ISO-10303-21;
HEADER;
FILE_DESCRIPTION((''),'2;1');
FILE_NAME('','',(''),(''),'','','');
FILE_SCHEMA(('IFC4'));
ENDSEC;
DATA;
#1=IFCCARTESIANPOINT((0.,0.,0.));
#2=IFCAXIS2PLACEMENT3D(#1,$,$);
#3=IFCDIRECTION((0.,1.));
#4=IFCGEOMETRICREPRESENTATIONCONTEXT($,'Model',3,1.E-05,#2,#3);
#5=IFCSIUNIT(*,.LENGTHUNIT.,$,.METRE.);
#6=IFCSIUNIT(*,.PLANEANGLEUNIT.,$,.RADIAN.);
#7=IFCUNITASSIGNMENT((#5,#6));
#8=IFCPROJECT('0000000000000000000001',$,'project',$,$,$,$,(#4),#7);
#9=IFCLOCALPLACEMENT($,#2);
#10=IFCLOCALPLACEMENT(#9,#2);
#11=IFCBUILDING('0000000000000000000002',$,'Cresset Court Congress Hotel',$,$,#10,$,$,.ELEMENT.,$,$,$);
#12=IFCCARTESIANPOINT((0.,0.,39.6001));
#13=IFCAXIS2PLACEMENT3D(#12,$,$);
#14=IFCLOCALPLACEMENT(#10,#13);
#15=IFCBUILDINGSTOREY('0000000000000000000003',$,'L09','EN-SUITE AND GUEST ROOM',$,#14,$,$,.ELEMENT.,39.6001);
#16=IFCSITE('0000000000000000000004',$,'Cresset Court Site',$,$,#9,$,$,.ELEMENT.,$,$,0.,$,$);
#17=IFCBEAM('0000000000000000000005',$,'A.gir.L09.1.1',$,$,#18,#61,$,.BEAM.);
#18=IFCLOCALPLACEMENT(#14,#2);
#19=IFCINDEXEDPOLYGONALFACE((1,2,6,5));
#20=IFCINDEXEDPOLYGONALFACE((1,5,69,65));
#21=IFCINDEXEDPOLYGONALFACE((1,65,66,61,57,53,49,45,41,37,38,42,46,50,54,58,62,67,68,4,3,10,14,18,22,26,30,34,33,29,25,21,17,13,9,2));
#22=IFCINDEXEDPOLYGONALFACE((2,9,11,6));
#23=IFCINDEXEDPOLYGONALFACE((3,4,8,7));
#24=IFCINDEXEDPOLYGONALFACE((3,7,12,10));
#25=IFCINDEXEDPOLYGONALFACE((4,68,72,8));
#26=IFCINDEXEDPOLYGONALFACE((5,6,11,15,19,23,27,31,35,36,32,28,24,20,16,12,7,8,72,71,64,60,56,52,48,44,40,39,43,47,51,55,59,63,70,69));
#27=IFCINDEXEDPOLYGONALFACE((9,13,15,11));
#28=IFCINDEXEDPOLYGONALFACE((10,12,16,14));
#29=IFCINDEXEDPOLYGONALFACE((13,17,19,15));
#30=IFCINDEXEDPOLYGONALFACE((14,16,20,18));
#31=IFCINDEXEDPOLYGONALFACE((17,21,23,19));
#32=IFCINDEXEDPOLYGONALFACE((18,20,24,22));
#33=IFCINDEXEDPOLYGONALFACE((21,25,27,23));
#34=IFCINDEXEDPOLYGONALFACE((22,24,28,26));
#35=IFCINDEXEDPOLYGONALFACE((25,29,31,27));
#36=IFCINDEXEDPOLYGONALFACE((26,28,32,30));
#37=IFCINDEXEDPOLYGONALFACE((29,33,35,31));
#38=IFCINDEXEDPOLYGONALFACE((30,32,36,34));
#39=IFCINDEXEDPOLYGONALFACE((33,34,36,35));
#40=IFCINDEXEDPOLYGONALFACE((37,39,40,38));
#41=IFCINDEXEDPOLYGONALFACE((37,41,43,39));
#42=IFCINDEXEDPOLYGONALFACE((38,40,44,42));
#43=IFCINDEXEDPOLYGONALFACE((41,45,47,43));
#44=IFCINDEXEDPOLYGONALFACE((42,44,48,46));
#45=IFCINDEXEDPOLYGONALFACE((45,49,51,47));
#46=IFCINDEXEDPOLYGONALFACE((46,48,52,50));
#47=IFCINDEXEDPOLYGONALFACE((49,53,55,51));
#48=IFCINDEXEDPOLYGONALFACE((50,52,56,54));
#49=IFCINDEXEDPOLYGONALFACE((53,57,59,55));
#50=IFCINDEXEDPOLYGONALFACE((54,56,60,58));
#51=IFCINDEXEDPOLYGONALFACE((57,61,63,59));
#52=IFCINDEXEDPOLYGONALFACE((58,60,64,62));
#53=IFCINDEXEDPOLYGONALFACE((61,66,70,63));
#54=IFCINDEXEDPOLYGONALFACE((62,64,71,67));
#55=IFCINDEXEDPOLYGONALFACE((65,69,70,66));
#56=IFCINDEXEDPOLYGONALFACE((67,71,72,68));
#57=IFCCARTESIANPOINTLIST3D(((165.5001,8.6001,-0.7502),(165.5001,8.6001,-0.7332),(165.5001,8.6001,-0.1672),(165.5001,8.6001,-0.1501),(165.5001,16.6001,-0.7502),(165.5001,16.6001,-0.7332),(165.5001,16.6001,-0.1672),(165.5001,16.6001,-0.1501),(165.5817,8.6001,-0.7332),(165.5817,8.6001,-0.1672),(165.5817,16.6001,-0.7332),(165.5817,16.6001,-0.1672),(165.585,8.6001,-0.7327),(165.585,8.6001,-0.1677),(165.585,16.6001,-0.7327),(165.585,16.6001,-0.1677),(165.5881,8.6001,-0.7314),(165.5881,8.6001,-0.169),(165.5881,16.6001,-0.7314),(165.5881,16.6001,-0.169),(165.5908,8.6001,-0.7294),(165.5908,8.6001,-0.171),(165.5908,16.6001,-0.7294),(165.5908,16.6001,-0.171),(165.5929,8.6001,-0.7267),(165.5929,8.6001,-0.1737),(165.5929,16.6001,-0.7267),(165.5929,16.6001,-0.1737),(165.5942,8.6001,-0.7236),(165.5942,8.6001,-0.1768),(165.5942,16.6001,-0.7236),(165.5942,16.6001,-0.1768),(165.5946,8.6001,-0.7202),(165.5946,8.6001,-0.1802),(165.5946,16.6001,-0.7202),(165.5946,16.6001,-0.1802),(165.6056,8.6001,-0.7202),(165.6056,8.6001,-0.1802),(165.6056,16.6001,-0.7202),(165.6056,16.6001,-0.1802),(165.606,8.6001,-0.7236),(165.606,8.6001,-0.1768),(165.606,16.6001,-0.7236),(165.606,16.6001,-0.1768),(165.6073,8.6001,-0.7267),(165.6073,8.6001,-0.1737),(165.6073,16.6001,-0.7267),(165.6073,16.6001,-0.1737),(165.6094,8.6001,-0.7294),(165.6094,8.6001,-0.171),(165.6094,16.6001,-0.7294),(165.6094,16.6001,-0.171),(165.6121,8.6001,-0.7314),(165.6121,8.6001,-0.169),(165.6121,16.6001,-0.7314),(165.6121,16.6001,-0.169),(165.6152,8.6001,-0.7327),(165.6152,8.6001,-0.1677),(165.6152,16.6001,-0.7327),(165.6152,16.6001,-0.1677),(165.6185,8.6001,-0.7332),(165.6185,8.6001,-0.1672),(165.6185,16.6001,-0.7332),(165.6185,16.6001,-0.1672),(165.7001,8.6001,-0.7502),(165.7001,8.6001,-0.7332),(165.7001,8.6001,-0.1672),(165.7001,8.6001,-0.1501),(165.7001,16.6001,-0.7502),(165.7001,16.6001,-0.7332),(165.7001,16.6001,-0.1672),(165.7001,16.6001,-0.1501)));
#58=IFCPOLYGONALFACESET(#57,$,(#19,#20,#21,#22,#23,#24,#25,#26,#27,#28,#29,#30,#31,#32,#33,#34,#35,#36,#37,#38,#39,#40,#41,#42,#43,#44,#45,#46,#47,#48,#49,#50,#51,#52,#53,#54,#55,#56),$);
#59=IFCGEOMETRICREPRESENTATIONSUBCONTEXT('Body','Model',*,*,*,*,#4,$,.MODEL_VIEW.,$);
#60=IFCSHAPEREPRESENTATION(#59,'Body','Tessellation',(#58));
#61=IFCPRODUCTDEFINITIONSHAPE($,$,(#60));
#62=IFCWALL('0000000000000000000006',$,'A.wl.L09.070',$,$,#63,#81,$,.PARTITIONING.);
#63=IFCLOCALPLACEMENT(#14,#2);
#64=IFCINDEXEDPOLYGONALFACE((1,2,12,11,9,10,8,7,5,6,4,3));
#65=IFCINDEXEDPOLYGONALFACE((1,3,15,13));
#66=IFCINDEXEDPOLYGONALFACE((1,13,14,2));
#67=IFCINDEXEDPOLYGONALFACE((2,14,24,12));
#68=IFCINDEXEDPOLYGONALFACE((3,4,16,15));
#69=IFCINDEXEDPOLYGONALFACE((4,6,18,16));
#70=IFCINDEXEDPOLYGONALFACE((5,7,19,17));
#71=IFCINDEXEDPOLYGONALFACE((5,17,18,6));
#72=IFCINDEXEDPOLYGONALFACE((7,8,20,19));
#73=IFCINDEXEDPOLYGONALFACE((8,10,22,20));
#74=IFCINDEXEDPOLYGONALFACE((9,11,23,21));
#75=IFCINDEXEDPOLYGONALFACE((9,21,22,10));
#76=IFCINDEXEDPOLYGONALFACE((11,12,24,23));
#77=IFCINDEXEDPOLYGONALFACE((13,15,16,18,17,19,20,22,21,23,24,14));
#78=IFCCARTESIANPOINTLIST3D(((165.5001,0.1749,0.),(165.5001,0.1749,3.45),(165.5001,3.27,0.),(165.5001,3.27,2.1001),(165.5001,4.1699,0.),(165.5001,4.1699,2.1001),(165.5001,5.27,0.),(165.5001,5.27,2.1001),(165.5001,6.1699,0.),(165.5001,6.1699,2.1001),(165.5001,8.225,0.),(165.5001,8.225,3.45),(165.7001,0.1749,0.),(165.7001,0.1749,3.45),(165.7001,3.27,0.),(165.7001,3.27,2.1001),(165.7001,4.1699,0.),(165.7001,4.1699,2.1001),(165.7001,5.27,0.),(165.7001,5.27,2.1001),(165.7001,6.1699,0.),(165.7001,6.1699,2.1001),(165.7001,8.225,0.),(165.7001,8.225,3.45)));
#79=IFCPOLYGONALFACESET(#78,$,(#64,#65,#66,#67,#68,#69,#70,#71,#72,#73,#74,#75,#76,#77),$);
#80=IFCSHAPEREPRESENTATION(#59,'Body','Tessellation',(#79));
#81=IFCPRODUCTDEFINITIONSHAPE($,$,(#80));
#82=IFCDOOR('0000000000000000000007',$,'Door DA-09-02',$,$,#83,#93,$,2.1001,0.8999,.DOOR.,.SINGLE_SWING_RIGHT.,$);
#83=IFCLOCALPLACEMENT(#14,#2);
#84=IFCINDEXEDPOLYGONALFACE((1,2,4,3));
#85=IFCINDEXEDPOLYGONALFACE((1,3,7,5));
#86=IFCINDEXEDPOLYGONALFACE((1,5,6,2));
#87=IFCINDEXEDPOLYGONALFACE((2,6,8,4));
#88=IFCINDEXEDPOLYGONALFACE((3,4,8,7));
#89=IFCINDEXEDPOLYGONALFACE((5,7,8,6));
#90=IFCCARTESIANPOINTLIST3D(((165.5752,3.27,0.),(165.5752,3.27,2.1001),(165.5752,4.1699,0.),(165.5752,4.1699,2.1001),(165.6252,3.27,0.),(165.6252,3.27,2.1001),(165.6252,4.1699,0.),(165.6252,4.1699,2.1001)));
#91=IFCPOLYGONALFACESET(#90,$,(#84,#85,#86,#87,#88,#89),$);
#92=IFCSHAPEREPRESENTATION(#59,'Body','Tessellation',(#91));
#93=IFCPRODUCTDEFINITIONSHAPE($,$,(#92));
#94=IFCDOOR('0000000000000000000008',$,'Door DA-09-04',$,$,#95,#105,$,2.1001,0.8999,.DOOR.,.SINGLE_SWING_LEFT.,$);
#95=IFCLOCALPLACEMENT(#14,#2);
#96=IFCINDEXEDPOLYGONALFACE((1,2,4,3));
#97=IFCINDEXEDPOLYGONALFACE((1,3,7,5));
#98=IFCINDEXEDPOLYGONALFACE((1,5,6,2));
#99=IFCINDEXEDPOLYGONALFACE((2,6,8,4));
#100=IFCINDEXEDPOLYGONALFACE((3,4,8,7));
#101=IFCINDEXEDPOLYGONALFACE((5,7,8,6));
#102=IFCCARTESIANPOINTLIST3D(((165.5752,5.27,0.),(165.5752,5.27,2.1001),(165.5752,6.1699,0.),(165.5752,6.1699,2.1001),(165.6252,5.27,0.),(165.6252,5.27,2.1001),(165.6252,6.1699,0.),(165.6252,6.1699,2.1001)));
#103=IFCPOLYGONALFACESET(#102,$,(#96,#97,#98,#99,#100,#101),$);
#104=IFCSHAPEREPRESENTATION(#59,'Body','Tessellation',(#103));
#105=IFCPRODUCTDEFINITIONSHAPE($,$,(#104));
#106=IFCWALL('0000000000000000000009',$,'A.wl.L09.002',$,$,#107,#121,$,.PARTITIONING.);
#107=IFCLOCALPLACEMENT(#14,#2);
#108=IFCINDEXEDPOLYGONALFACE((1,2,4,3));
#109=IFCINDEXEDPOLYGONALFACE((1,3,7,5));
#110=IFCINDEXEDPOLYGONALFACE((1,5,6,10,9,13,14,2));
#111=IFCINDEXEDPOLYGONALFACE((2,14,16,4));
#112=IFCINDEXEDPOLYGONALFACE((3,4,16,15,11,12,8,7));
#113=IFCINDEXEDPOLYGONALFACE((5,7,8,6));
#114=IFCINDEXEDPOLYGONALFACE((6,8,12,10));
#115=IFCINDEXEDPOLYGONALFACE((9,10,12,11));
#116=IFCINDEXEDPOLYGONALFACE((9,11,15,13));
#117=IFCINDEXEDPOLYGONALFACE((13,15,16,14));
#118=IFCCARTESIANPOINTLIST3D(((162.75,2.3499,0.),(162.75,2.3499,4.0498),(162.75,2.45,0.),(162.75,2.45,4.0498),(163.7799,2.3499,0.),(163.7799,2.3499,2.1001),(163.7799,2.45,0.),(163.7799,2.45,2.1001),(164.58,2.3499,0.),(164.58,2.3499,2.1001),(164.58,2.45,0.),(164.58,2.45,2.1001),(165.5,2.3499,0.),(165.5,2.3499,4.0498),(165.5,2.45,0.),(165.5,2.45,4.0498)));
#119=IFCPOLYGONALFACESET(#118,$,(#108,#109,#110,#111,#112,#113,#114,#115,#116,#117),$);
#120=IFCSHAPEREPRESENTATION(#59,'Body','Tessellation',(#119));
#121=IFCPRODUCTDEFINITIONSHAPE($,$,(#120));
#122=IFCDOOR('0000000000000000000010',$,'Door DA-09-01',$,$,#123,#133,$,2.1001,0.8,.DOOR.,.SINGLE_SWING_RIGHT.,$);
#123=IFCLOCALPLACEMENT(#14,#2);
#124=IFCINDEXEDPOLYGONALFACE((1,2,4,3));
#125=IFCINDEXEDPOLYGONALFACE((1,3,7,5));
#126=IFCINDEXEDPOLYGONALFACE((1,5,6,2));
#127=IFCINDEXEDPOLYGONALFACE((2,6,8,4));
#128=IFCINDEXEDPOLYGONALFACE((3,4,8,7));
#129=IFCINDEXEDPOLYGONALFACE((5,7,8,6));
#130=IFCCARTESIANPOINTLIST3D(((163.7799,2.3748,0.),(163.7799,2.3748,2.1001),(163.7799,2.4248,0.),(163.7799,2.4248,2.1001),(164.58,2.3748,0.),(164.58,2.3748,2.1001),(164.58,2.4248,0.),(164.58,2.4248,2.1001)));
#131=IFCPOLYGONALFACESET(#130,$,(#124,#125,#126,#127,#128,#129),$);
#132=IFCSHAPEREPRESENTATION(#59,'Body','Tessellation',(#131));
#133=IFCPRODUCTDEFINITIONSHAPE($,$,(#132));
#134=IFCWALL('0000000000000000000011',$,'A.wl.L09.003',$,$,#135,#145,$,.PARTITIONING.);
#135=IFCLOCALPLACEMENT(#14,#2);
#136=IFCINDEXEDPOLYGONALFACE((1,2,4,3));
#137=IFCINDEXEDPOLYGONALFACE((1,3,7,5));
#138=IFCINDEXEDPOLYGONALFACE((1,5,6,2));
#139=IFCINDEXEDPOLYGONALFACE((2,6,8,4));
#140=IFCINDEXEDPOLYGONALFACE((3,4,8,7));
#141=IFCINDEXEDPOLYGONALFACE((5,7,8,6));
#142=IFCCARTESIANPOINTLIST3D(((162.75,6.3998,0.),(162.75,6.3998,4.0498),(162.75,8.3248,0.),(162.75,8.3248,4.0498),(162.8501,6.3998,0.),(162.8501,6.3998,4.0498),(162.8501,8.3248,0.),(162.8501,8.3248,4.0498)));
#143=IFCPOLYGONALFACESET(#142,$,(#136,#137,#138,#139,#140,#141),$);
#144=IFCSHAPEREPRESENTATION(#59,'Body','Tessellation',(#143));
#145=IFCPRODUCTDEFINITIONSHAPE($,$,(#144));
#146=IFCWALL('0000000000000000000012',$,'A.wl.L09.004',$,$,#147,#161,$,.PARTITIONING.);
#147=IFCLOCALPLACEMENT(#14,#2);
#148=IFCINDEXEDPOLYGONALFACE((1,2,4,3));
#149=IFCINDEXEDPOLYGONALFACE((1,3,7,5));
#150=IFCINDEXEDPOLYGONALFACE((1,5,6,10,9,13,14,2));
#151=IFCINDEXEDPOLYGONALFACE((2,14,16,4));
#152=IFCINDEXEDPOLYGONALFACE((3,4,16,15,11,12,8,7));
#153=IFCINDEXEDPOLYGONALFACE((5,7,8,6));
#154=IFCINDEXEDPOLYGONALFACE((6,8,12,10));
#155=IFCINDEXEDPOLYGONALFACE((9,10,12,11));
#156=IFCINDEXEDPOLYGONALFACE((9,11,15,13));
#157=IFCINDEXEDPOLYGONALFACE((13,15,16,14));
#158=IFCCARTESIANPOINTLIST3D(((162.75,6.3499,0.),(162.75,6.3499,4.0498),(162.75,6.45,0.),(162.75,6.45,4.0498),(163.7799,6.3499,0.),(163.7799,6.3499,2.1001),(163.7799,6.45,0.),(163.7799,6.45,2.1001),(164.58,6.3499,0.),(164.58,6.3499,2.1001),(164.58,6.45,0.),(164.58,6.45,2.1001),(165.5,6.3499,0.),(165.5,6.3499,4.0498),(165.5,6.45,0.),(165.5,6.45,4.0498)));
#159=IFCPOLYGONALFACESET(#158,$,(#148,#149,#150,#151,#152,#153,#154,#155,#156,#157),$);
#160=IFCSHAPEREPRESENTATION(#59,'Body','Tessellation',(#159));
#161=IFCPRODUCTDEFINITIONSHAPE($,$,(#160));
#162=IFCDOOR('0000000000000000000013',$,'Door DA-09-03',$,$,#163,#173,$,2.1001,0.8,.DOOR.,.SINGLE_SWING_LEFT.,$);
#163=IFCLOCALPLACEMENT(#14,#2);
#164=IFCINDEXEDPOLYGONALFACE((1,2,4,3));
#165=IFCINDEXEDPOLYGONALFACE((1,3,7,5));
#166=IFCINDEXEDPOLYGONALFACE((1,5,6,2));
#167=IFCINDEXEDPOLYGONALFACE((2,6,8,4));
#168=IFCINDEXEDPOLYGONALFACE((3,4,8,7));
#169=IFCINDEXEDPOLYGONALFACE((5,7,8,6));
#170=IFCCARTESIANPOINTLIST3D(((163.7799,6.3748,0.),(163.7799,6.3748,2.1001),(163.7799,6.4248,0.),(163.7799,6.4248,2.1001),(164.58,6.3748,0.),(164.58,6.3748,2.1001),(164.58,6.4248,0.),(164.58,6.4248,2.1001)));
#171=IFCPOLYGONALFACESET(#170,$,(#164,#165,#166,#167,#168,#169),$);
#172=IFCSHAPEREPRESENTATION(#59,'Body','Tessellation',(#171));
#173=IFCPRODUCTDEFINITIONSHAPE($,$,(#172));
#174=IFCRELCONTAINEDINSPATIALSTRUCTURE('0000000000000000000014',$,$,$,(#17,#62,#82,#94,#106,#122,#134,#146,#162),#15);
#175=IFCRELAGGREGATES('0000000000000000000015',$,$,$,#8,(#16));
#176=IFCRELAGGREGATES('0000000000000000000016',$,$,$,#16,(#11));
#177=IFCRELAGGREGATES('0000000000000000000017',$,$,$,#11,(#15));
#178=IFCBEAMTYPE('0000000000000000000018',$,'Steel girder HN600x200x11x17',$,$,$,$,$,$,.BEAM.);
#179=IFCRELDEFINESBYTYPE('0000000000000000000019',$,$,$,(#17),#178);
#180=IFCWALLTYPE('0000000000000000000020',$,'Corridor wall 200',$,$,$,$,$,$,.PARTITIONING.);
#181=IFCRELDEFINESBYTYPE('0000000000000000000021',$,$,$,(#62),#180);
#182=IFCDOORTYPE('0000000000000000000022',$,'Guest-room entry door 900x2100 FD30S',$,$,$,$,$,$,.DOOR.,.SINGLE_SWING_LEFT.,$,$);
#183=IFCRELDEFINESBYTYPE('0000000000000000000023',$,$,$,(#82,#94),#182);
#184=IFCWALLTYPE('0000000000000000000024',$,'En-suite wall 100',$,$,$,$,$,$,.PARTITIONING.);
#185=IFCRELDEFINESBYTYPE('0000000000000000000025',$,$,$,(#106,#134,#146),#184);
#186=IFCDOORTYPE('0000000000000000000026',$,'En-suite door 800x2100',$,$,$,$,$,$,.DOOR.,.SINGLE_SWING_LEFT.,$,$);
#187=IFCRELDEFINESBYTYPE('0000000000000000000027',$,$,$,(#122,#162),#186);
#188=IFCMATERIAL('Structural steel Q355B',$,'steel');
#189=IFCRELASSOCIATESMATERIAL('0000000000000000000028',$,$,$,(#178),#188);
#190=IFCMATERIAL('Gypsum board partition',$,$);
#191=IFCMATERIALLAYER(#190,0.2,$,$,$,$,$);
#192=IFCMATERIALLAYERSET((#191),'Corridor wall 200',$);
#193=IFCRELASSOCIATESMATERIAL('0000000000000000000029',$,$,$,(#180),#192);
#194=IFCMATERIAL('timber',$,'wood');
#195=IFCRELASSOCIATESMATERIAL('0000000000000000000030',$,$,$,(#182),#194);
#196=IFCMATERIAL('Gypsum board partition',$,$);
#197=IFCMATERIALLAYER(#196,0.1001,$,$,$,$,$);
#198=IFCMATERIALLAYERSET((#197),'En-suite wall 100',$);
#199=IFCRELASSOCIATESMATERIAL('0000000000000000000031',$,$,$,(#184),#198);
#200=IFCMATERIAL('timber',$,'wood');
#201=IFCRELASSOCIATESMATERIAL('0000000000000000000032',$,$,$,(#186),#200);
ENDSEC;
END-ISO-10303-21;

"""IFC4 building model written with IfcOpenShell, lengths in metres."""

from ifc_helpers import new_model, si_unit, direction, frame, frame_2d, origin, origin_2d, place, context, subcontext, project, spatial, rectangle, i_section, extrude, material, layer, layer_set, material_profile, profile_set, type_object, element, fill, save


model = new_model("IFC4")

# Units and contexts
model_context = context("Model", 3, precision=1e-05, world=origin(), true_north=direction((0.0, 1.0)))
body_context = subcontext(model_context, "Body", "Model", "MODEL_VIEW")
ifc_project = project(units=[si_unit("LENGTHUNIT", "METRE"), si_unit("PLANEANGLEUNIT", "RADIAN")], contexts=[model_context])

# Site, building, storey
site_placement = place(None, origin())
site = spatial("IfcSite", under=ifc_project, at=site_placement, Name="Cresset Court Site", CompositionType="ELEMENT", RefElevation=0.0)
building_placement = place(site_placement, origin())
building = spatial("IfcBuilding", under=site, at=building_placement, Name="Cresset Court Congress Hotel", CompositionType="ELEMENT")
storey_placement = place(building_placement, frame((0.0, 0.0, 39.6001)))
storey = spatial("IfcBuildingStorey", under=building, at=storey_placement, Name="L09", Description="EN-SUITE AND GUEST ROOM", CompositionType="ELEMENT", Elevation=39.6001)

# Beam
ifc_material_1 = material(Name="Structural steel Q355B", Category="steel")
ifc_material_profile_1 = material_profile(ifc_material_1, i_section(OverallWidth=0.2, OverallDepth=0.6001, WebThickness=0.011, FlangeThickness=0.0171, FilletRadius=0.0129, at=origin_2d()), Name="HN600x200x11x17")
ifc_profile_set_1 = profile_set([ifc_material_profile_1], Name="Structural steel Q355B")
beam_type = type_object("IfcBeamType", Name="Steel girder HN600x200x11x17", PredefinedType="BEAM", material=ifc_profile_set_1)
for number, where, z_axis, x_axis, name in (
    (1, (165.6001, 8.6001, -0.4502), (0.0, 1.0, 0.0), (-1.0, 0.0, 0.0), "A.gir.L09.1.1"),
):
    element("IfcBeam", number, at=place(storey_placement, frame(where, z_axis=z_axis, x_axis=x_axis)), inside=storey, type_object=beam_type, Name=name, PredefinedType="BEAM", context=body_context, shape_type="SweptSolid", body=[
        extrude(i_section(OverallWidth=0.2, OverallDepth=0.6001, WebThickness=0.011, FlangeThickness=0.0171, FilletRadius=0.0129, at=origin_2d()), origin(), (0.0, 0.0, 1.0), 8.0),
    ])

# Wall, openings, doors
ifc_material_2 = material(Name="Gypsum board partition")
ifc_layer_1 = layer(ifc_material_2, 0.2)
ifc_layer_set_1 = layer_set([ifc_layer_1], Name="Corridor wall 200")
wall_type_1 = type_object("IfcWallType", Name="Corridor wall 200", PredefinedType="PARTITIONING", material=ifc_layer_set_1)
wall_1_placement = place(storey_placement, frame((165.6001, 0.175, 0.0), z_axis=(0.0, 0.0, 1.0), x_axis=(0.0, 1.0, 0.0)))
wall_1 = element("IfcWall", 2, at=wall_1_placement, inside=storey, type_object=wall_type_1, Name="A.wl.L09.070", PredefinedType="PARTITIONING", context=body_context, shape_type="SweptSolid", body=[
    extrude(rectangle(XDim=8.05, YDim=0.2, at=frame_2d((4.0249, 0.0))), origin(), (0.0, 0.0, 1.0), 3.45),
])
opening_1_placement = place(wall_1_placement, frame((3.095, 0.0, 0.0)))
opening_1 = element("IfcOpeningElement", 3, at=opening_1_placement, cuts=wall_1, PredefinedType="OPENING", context=body_context, shape_type="SweptSolid", body=[
    extrude(rectangle(XDim=0.8999, YDim=2.1001, at=frame_2d((0.45, 1.05))), frame((0.0, 0.1099, 0.0), z_axis=(0.0, -1.0, 0.0), x_axis=(1.0, 0.0, 0.0)), (0.0, 0.0, 1.0), 0.22),
])
opening_2_placement = place(wall_1_placement, frame((5.095, 0.0, 0.0)))
opening_2 = element("IfcOpeningElement", 4, at=opening_2_placement, cuts=wall_1, PredefinedType="OPENING", context=body_context, shape_type="SweptSolid", body=[
    extrude(rectangle(XDim=0.8999, YDim=2.1001, at=frame_2d((0.45, 1.05))), frame((0.0, 0.1099, 0.0), z_axis=(0.0, -1.0, 0.0), x_axis=(1.0, 0.0, 0.0)), (0.0, 0.0, 1.0), 0.22),
])
ifc_material_3 = material(Name="timber", Category="wood")
door_type_1 = type_object("IfcDoorType", Name="Guest-room entry door 900x2100 FD30S", OperationType="SINGLE_SWING_LEFT", PredefinedType="DOOR", material=ifc_material_3)
door_1_placement = place(opening_1_placement, origin())
door_1 = element("IfcDoor", 5, at=door_1_placement, inside=storey, type_object=door_type_1, Name="Door DA-09-02", OperationType="SINGLE_SWING_RIGHT", OverallHeight=2.1001, OverallWidth=0.8999, PredefinedType="DOOR", context=body_context, shape_type="SweptSolid", body=[
    extrude(rectangle(XDim=0.8999, YDim=2.1001, at=frame_2d((0.45, 1.05))), frame((0.0, 0.0249, 0.0), z_axis=(0.0, -1.0, 0.0), x_axis=(1.0, 0.0, 0.0)), (0.0, 0.0, 1.0), 0.05),
])
fill(opening_1, door_1)
door_2_placement = place(opening_2_placement, origin())
door_2 = element("IfcDoor", 6, at=door_2_placement, inside=storey, type_object=door_type_1, Name="Door DA-09-04", OperationType="SINGLE_SWING_LEFT", OverallHeight=2.1001, OverallWidth=0.8999, PredefinedType="DOOR", context=body_context, shape_type="SweptSolid", body=[
    extrude(rectangle(XDim=0.8999, YDim=2.1001, at=frame_2d((0.45, 1.05))), frame((0.0, 0.0249, 0.0), z_axis=(0.0, -1.0, 0.0), x_axis=(1.0, 0.0, 0.0)), (0.0, 0.0, 1.0), 0.05),
])
fill(opening_2, door_2)

# Shared definitions
ifc_material_4 = material(Name="Gypsum board partition")
ifc_layer_2 = layer(ifc_material_4, 0.1001)
ifc_layer_set_2 = layer_set([ifc_layer_2], Name="En-suite wall 100")
wall_type_2 = type_object("IfcWallType", Name="En-suite wall 100", PredefinedType="PARTITIONING", material=ifc_layer_set_2)

# Wall, opening, door
wall_2_placement = place(storey_placement, frame((162.75, 2.3999, 0.0), z_axis=(0.0, 0.0, 1.0), x_axis=(1.0, 0.0, 0.0)))
wall_2 = element("IfcWall", 7, at=wall_2_placement, inside=storey, type_object=wall_type_2, Name="A.wl.L09.002", PredefinedType="PARTITIONING", context=body_context, shape_type="SweptSolid", body=[
    extrude(rectangle(XDim=2.75, YDim=0.1001, at=frame_2d((1.375, 0.0))), origin(), (0.0, 0.0, 1.0), 4.0498),
])
opening_3_placement = place(wall_2_placement, frame((1.03, 0.0, 0.0)))
opening_3 = element("IfcOpeningElement", 8, at=opening_3_placement, cuts=wall_2, PredefinedType="OPENING", context=body_context, shape_type="SweptSolid", body=[
    extrude(rectangle(XDim=0.8, YDim=2.1001, at=frame_2d((0.3999, 1.05))), frame((0.0, 0.0601, 0.0), z_axis=(0.0, -1.0, 0.0), x_axis=(1.0, 0.0, 0.0)), (0.0, 0.0, 1.0), 0.1201),
])
ifc_material_5 = material(Name="timber", Category="wood")
door_type_2 = type_object("IfcDoorType", Name="En-suite door 800x2100", OperationType="SINGLE_SWING_LEFT", PredefinedType="DOOR", material=ifc_material_5)
door_3_placement = place(opening_3_placement, origin())
door_3 = element("IfcDoor", 9, at=door_3_placement, inside=storey, type_object=door_type_2, Name="Door DA-09-01", OperationType="SINGLE_SWING_RIGHT", OverallHeight=2.1001, OverallWidth=0.8, PredefinedType="DOOR", context=body_context, shape_type="SweptSolid", body=[
    extrude(rectangle(XDim=0.8, YDim=2.1001, at=frame_2d((0.3999, 1.05))), frame((0.0, 0.0249, 0.0), z_axis=(0.0, -1.0, 0.0), x_axis=(1.0, 0.0, 0.0)), (0.0, 0.0, 1.0), 0.05),
])
fill(opening_3, door_3)

# Wall
wall_3_placement = place(storey_placement, frame((162.8, 6.3999, 0.0), z_axis=(0.0, 0.0, 1.0), x_axis=(0.0, 1.0, 0.0)))
element("IfcWall", 10, at=wall_3_placement, inside=storey, type_object=wall_type_2, Name="A.wl.L09.003", PredefinedType="PARTITIONING", context=body_context, shape_type="SweptSolid", body=[
    extrude(rectangle(XDim=1.925, YDim=0.1001, at=frame_2d((0.9624, 0.0))), origin(), (0.0, 0.0, 1.0), 4.0498),
])

# Wall, opening, door
wall_4_placement = place(storey_placement, frame((162.75, 6.3999, 0.0), z_axis=(0.0, 0.0, 1.0), x_axis=(1.0, 0.0, 0.0)))
wall_4 = element("IfcWall", 11, at=wall_4_placement, inside=storey, type_object=wall_type_2, Name="A.wl.L09.004", PredefinedType="PARTITIONING", context=body_context, shape_type="SweptSolid", body=[
    extrude(rectangle(XDim=2.75, YDim=0.1001, at=frame_2d((1.375, 0.0))), origin(), (0.0, 0.0, 1.0), 4.0498),
])
opening_4_placement = place(wall_4_placement, frame((1.03, 0.0, 0.0)))
opening_4 = element("IfcOpeningElement", 12, at=opening_4_placement, cuts=wall_4, PredefinedType="OPENING", context=body_context, shape_type="SweptSolid", body=[
    extrude(rectangle(XDim=0.8, YDim=2.1001, at=frame_2d((0.3999, 1.05))), frame((0.0, 0.0601, 0.0), z_axis=(0.0, -1.0, 0.0), x_axis=(1.0, 0.0, 0.0)), (0.0, 0.0, 1.0), 0.1201),
])
door_4_placement = place(opening_4_placement, origin())
door_4 = element("IfcDoor", 13, at=door_4_placement, inside=storey, type_object=door_type_2, Name="Door DA-09-03", OperationType="SINGLE_SWING_LEFT", OverallHeight=2.1001, OverallWidth=0.8, PredefinedType="DOOR", context=body_context, shape_type="SweptSolid", body=[
    extrude(rectangle(XDim=0.8, YDim=2.1001, at=frame_2d((0.3999, 1.05))), frame((0.0, 0.0249, 0.0), z_axis=(0.0, -1.0, 0.0), x_axis=(1.0, 0.0, 0.0)), (0.0, 0.0, 1.0), 0.05),
])
fill(opening_4, door_4)

save(model, "model.ifc")
